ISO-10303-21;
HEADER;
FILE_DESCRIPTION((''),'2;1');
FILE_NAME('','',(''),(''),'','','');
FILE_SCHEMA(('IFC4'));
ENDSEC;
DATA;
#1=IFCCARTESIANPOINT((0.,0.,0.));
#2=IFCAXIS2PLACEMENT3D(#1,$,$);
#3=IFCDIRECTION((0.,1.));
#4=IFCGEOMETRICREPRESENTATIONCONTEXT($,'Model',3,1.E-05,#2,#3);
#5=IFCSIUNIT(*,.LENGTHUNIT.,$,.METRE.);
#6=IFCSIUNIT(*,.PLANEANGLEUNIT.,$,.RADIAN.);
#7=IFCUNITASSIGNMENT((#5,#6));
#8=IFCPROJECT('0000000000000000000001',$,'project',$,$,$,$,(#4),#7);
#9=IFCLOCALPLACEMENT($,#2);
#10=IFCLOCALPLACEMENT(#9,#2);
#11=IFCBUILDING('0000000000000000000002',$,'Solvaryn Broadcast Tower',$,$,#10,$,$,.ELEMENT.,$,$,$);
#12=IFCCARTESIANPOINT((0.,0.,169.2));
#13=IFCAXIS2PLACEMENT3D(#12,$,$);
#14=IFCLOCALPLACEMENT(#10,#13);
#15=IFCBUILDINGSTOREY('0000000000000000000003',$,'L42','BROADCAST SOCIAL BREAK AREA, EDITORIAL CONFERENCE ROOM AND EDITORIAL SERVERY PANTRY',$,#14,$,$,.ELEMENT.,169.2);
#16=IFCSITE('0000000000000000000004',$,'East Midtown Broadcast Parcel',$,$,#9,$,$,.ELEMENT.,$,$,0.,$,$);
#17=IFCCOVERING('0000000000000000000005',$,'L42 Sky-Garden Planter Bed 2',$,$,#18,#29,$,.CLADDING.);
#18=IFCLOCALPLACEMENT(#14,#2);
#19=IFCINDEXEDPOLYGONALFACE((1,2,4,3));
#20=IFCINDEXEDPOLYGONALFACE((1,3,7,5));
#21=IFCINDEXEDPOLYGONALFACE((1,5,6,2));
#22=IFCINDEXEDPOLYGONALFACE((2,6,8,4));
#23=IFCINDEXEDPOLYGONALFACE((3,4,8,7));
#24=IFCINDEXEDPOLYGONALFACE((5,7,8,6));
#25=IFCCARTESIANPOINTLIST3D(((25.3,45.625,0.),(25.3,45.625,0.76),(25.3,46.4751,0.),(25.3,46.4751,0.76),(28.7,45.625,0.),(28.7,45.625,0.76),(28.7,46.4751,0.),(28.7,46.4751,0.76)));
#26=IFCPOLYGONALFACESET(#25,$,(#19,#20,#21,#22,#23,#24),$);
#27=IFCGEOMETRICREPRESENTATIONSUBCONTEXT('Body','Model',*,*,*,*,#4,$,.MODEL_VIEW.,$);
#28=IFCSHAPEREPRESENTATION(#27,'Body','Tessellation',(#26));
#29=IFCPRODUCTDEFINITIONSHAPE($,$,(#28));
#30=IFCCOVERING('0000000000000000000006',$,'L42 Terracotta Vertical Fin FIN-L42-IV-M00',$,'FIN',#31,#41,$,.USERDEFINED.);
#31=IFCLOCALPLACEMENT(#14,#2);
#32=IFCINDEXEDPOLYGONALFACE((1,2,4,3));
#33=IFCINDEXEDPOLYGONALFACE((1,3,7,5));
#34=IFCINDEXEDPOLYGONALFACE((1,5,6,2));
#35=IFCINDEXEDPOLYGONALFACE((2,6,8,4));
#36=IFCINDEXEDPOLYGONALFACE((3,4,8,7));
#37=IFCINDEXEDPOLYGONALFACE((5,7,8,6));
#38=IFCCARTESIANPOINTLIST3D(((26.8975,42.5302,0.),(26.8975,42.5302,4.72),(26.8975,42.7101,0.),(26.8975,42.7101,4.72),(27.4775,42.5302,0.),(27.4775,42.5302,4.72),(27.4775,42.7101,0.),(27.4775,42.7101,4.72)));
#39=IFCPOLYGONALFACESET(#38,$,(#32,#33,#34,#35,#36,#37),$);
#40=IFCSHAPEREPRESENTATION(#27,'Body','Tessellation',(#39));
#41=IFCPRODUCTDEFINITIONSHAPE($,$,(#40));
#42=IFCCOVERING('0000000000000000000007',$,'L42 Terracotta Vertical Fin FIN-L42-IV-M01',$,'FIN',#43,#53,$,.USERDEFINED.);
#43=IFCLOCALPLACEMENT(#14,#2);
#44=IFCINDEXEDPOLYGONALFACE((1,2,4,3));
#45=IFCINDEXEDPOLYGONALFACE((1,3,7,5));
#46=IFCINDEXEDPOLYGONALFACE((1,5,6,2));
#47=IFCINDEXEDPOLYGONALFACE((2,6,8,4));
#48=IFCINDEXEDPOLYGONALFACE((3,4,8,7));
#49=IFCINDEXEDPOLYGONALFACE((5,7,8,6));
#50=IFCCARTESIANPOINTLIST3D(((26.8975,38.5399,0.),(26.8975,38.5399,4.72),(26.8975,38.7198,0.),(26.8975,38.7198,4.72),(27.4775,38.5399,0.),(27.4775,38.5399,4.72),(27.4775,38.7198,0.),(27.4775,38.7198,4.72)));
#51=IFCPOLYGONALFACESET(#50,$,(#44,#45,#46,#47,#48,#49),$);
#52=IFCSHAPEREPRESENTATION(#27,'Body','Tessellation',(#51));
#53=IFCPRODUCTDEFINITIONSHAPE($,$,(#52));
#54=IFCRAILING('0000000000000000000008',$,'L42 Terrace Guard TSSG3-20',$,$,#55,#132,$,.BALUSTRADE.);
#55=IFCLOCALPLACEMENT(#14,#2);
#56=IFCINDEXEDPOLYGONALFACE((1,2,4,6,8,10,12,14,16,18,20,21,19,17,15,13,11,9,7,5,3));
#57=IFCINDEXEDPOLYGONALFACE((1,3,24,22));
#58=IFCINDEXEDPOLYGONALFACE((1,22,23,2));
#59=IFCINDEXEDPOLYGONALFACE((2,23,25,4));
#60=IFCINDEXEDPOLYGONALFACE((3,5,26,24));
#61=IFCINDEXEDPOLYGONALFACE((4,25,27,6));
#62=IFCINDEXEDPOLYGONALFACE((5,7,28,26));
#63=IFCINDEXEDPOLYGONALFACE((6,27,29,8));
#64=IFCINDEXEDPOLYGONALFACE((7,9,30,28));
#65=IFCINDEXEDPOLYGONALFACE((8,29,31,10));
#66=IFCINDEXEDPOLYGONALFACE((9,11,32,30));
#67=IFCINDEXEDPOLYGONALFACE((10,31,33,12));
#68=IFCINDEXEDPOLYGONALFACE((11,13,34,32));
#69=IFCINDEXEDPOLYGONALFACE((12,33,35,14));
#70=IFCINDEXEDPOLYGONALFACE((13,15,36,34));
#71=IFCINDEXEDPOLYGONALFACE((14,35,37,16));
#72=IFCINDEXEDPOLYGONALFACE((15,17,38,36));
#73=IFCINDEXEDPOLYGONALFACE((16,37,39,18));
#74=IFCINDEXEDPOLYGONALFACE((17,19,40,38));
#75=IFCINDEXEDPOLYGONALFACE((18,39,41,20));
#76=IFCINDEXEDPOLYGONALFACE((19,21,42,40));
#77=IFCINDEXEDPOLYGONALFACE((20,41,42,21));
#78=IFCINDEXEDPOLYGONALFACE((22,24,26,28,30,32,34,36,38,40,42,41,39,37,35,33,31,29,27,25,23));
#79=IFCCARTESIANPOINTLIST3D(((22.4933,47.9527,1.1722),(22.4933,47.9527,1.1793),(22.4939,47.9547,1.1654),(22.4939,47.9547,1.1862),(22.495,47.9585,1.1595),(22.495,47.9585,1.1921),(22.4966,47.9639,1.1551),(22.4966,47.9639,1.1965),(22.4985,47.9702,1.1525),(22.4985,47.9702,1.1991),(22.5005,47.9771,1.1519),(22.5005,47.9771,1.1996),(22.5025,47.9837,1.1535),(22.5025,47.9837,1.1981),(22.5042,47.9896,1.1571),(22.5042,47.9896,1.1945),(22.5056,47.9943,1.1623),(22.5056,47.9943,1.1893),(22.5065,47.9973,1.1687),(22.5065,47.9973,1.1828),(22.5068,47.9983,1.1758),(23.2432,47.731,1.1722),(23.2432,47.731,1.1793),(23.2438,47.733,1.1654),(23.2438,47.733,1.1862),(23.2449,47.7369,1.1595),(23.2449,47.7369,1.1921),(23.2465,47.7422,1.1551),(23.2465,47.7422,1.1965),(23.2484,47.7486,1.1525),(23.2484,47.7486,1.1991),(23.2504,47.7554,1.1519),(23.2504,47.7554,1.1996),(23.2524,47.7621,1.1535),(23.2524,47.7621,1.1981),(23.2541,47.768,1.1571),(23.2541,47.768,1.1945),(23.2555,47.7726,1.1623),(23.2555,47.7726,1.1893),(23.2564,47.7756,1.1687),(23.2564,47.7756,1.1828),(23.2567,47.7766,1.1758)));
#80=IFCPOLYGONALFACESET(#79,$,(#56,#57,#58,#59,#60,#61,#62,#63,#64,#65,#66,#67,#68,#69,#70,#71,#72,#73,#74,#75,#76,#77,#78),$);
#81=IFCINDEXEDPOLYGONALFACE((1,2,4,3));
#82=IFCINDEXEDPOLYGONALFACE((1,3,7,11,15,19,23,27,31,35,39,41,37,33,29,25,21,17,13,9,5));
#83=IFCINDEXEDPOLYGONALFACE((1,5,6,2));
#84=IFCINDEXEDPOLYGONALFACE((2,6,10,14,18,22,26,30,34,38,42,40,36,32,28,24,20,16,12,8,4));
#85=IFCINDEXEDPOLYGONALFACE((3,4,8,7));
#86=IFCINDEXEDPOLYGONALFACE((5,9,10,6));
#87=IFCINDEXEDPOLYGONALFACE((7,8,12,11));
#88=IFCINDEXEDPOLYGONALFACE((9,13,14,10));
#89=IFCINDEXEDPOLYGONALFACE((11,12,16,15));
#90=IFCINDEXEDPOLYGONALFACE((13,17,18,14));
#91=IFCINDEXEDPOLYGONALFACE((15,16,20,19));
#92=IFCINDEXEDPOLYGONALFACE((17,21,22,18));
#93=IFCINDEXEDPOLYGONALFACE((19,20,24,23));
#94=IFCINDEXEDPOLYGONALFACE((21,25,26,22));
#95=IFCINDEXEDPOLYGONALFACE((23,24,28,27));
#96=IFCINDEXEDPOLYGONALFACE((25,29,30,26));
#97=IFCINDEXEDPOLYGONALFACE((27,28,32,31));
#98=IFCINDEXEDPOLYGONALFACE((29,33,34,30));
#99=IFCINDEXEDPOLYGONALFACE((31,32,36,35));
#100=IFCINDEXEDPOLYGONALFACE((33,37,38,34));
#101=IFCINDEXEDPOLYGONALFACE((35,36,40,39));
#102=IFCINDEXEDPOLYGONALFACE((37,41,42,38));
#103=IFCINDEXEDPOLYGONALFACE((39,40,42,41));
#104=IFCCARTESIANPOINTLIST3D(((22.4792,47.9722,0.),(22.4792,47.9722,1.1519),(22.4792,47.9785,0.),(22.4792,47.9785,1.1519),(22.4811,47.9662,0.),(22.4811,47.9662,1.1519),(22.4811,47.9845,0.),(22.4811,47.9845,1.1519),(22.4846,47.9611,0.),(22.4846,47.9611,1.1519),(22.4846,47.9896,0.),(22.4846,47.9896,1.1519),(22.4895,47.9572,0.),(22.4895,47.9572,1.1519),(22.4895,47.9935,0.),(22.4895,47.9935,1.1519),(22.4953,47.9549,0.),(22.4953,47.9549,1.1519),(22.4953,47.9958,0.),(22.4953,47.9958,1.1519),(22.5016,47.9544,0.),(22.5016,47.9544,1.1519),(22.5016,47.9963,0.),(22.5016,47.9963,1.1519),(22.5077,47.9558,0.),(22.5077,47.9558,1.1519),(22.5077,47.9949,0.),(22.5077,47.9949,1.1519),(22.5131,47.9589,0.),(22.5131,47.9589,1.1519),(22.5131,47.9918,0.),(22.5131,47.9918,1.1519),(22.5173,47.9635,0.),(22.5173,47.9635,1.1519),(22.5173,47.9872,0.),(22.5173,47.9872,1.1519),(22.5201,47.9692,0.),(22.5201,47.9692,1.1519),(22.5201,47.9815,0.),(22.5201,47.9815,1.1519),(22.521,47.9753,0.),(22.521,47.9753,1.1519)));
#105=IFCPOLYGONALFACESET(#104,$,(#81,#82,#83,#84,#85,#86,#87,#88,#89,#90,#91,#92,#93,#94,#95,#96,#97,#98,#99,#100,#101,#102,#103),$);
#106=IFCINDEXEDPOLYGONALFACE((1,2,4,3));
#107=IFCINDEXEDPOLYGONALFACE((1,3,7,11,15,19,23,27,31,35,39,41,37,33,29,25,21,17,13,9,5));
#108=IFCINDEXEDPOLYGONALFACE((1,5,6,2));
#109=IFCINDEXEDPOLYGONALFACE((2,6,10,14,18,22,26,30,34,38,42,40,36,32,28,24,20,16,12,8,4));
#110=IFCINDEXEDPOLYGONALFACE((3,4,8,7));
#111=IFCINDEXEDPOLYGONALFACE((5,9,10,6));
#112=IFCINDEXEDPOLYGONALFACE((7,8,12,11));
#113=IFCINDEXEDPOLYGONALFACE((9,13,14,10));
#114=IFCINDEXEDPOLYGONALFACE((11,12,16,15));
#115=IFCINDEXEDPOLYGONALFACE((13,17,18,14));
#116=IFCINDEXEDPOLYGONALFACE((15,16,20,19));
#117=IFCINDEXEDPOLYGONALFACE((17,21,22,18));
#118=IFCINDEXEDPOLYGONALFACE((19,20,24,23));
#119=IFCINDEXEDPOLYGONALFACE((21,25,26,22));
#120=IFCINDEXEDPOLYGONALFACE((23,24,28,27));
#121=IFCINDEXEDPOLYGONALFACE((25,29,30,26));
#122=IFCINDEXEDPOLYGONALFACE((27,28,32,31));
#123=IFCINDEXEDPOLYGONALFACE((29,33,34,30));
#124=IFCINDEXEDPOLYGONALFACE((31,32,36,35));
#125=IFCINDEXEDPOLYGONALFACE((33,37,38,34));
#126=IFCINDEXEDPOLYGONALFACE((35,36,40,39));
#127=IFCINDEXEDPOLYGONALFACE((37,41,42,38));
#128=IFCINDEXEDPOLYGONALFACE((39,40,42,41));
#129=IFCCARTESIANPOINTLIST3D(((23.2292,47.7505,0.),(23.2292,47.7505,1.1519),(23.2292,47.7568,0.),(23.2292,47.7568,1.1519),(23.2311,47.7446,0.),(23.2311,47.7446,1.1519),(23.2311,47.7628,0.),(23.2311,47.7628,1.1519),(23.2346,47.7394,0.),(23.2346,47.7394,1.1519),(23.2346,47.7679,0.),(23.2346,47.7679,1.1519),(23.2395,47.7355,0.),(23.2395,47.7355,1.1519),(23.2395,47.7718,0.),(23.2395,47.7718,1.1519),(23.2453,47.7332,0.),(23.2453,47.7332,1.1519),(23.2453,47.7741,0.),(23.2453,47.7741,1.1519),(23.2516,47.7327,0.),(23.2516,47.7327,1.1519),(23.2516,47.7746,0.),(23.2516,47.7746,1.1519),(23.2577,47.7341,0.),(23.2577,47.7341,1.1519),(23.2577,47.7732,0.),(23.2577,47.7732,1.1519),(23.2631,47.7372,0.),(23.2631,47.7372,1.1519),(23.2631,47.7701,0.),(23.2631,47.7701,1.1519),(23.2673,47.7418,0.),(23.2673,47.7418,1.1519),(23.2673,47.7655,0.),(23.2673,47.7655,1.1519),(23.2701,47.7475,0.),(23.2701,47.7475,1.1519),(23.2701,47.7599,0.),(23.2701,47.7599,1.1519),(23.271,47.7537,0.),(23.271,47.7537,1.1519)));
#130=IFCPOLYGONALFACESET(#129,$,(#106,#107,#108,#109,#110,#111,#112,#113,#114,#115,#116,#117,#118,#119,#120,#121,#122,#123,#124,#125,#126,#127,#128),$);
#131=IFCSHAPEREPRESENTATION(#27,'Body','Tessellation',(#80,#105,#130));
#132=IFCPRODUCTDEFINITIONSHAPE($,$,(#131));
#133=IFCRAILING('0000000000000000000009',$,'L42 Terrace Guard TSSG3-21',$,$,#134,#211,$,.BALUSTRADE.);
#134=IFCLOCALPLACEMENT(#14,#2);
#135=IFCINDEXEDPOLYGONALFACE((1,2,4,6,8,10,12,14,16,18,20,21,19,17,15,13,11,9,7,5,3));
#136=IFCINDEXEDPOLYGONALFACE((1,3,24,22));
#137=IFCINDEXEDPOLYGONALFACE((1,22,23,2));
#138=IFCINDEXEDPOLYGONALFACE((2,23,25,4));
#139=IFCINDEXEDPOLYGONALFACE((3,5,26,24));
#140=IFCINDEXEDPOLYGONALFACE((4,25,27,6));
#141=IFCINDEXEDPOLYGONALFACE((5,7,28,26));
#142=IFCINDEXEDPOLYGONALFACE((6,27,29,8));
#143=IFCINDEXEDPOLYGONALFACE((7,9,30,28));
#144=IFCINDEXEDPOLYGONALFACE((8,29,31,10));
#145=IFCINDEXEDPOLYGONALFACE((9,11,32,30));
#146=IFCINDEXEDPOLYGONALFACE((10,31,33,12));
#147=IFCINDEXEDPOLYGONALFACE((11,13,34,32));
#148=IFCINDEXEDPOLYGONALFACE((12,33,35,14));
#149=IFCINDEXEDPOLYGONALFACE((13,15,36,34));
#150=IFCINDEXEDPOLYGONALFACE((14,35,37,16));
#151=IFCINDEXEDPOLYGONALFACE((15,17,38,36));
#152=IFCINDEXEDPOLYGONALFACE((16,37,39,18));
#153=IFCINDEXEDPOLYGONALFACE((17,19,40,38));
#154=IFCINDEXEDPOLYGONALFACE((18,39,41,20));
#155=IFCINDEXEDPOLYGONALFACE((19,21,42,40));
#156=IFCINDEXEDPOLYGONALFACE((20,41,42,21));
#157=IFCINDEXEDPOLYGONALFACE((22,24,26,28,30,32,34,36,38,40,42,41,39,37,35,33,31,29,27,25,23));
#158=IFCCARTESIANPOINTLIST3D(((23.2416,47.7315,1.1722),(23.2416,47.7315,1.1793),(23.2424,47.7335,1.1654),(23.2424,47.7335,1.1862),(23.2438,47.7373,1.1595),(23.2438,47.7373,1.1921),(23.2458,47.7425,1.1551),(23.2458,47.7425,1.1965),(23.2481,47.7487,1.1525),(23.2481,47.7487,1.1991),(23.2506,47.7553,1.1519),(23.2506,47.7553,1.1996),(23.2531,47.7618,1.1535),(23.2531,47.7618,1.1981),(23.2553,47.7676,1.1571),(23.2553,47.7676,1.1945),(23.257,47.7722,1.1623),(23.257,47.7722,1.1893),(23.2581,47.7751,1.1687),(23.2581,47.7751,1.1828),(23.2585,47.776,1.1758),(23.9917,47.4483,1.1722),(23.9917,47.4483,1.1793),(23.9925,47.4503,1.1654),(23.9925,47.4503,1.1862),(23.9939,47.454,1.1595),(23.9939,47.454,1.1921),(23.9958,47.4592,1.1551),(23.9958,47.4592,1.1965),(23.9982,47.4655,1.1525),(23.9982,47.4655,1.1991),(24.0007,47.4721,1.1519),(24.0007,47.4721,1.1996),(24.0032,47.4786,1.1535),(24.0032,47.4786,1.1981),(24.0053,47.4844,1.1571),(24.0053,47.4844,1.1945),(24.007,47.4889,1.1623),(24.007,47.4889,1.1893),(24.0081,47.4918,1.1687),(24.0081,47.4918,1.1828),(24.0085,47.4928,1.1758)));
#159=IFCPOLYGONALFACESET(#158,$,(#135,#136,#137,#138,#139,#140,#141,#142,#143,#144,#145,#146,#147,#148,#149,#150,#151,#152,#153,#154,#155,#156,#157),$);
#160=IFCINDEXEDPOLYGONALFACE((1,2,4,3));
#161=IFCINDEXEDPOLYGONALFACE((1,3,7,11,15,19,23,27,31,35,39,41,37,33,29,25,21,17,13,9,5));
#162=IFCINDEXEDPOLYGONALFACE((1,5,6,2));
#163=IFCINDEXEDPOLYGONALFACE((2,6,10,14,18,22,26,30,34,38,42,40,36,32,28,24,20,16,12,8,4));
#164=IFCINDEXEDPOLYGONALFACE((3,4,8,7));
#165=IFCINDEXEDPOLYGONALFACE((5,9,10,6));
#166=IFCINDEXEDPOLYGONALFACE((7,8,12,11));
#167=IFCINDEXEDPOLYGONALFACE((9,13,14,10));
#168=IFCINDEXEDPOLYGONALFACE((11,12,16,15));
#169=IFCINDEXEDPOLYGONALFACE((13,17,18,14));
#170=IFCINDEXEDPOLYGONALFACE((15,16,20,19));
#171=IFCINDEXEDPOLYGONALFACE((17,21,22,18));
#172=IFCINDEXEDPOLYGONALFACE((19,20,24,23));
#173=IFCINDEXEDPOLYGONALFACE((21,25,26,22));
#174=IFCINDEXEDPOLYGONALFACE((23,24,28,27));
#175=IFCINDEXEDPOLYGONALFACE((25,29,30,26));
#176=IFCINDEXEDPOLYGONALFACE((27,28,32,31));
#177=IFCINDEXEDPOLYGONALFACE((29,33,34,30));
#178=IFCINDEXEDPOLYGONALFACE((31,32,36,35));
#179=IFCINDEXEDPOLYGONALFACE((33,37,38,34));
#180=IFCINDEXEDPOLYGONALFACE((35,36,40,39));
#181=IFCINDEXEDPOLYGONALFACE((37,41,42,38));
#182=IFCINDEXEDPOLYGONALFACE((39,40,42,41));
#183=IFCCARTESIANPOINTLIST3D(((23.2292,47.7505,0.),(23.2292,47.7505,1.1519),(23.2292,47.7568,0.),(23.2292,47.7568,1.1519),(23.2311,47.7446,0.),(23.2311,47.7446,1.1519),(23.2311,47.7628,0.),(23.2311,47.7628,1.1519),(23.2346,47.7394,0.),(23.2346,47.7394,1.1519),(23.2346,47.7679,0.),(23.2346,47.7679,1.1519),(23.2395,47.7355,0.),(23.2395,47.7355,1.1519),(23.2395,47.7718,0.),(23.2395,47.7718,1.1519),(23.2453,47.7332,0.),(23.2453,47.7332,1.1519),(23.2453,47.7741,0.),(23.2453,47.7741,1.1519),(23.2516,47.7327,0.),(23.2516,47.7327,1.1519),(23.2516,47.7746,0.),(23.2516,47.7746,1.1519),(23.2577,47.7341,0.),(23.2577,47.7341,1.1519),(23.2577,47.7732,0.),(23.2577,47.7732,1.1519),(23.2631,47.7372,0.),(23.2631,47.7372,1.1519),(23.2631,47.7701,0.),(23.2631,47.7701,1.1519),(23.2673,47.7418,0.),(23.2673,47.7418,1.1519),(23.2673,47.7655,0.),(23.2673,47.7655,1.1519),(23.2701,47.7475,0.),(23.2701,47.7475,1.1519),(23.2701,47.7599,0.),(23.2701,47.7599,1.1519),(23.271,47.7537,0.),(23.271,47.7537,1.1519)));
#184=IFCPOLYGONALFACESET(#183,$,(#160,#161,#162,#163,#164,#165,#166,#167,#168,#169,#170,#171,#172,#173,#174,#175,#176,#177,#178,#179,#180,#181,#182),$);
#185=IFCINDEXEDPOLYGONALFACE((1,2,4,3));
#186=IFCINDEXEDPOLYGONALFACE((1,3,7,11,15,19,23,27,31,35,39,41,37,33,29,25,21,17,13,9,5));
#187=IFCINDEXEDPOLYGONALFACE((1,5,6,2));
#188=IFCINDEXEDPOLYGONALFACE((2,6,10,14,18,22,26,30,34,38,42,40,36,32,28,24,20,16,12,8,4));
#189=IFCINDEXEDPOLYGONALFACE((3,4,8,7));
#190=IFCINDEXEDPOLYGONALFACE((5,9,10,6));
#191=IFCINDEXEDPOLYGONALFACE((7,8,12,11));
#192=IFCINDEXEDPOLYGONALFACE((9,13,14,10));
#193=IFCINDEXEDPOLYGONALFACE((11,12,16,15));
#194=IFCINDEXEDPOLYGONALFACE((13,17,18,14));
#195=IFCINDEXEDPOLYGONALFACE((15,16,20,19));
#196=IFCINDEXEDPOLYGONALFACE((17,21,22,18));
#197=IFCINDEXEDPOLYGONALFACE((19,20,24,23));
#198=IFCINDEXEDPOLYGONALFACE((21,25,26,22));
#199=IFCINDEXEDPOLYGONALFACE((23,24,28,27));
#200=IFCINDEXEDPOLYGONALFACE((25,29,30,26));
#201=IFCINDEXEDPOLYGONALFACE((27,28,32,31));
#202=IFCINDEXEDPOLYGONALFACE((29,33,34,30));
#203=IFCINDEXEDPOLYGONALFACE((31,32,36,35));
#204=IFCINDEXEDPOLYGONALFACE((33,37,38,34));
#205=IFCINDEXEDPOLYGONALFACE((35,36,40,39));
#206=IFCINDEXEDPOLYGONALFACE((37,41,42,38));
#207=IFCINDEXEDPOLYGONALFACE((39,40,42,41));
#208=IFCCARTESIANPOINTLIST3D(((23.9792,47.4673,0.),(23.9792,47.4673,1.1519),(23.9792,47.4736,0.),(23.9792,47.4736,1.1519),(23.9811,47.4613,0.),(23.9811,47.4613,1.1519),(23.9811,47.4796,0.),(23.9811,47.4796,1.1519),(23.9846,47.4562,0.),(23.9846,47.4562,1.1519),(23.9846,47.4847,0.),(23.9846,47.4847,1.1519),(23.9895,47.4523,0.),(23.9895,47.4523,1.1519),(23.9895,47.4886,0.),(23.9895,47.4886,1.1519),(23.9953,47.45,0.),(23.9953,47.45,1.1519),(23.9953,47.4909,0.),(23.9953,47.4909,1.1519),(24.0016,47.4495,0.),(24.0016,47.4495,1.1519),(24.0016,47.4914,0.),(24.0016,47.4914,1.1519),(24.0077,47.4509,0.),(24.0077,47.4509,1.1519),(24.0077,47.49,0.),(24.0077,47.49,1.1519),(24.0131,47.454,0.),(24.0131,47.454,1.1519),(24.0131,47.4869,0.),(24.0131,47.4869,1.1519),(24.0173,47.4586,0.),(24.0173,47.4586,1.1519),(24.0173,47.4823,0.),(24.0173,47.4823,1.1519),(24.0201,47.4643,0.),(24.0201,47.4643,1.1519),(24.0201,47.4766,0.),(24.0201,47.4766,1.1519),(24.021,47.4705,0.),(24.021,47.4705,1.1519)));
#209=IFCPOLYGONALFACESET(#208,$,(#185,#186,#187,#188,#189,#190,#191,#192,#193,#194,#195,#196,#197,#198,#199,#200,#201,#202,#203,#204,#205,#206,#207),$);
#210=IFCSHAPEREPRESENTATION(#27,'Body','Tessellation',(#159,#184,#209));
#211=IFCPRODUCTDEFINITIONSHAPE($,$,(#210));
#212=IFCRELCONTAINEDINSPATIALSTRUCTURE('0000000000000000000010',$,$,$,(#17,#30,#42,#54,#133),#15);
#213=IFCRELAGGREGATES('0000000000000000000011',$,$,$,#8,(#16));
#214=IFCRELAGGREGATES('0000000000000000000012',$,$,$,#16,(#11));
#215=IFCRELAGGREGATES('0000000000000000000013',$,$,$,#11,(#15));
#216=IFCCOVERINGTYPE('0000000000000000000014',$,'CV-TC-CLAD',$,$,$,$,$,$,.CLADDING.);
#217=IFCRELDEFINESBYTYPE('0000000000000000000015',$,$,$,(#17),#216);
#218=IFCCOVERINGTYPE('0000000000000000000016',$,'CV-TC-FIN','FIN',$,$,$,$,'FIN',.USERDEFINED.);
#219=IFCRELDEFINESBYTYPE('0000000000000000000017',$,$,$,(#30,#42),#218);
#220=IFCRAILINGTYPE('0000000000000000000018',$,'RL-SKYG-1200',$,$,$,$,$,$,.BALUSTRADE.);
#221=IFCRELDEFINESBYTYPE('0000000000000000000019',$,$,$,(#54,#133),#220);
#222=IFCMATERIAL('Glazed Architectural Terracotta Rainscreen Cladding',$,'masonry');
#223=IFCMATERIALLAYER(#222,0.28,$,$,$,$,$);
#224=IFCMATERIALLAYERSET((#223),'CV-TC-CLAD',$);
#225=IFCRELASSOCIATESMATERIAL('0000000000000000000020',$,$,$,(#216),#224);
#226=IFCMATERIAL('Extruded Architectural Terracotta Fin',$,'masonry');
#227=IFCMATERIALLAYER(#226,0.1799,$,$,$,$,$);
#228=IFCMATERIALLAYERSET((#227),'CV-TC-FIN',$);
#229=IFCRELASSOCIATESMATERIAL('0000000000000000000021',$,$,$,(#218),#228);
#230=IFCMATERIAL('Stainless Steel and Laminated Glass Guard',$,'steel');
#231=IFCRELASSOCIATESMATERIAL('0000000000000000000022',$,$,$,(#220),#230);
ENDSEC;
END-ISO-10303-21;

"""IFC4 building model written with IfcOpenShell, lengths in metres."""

from ifc_helpers import new_model, si_unit, direction, frame, origin, origin_2d, place, context, subcontext, project, spatial, rectangle, circle, extrude, material, layer, layer_set, type_object, element, save


model = new_model("IFC4")

# Units and contexts
model_context = context("Model", 3, precision=1e-05, world=origin(), true_north=direction((0.0, 1.0)))
body_context = subcontext(model_context, "Body", "Model", "MODEL_VIEW")
ifc_project = project(units=[si_unit("LENGTHUNIT", "METRE"), si_unit("PLANEANGLEUNIT", "RADIAN")], contexts=[model_context])

# Site, building, storey
site_placement = place(None, origin())
site = spatial("IfcSite", under=ifc_project, at=site_placement, Name="East Midtown Broadcast Parcel", CompositionType="ELEMENT", RefElevation=0.0)
building_placement = place(site_placement, origin())
building = spatial("IfcBuilding", under=site, at=building_placement, Name="Solvaryn Broadcast Tower", CompositionType="ELEMENT")
storey_placement = place(building_placement, frame((0.0, 0.0, 169.2)))
storey = spatial("IfcBuildingStorey", under=building, at=storey_placement, Name="L42", Description="BROADCAST SOCIAL BREAK AREA, EDITORIAL CONFERENCE ROOM AND EDITORIAL SERVERY PANTRY", CompositionType="ELEMENT", Elevation=169.2)

# Coverings
ifc_material_1 = material(Name="Glazed Architectural Terracotta Rainscreen Cladding", Category="masonry")
ifc_layer_1 = layer(ifc_material_1, 0.28)
ifc_layer_set_1 = layer_set([ifc_layer_1], Name="CV-TC-CLAD")
covering_type_1 = type_object("IfcCoveringType", Name="CV-TC-CLAD", PredefinedType="CLADDING", material=ifc_layer_set_1)
covering_placement = place(storey_placement, frame((27.0, 46.05, 0.0), z_axis=(0.0, 0.0, 1.0), x_axis=(1.0, 0.0, 0.0)))
element("IfcCovering", 1, at=covering_placement, inside=storey, type_object=covering_type_1, Name="L42 Sky-Garden Planter Bed 2", PredefinedType="CLADDING", context=body_context, shape_type="SweptSolid", body=[
    extrude(rectangle(XDim=3.3999, YDim=0.8501, at=origin_2d()), origin(), (0.0, 0.0, 1.0), 0.76),
])
ifc_material_2 = material(Name="Extruded Architectural Terracotta Fin", Category="masonry")
ifc_layer_2 = layer(ifc_material_2, 0.1799)
ifc_layer_set_2 = layer_set([ifc_layer_2], Name="CV-TC-FIN")
covering_type_2 = type_object("IfcCoveringType", Name="CV-TC-FIN", Description="FIN", ElementType="FIN", PredefinedType="USERDEFINED", material=ifc_layer_set_2)
for number, where, z_axis, x_axis, name in (
    (2, (27.1875, 42.6201, 0.0), (0.0, 0.0, 1.0), (1.0, 0.0, 0.0), "L42 Terracotta Vertical Fin FIN-L42-IV-M00"),
    (3, (27.1875, 38.6299, 0.0), (0.0, 0.0, 1.0), (1.0, 0.0, 0.0), "L42 Terracotta Vertical Fin FIN-L42-IV-M01"),
):
    element("IfcCovering", number, at=place(storey_placement, frame(where, z_axis=z_axis, x_axis=x_axis)), inside=storey, type_object=covering_type_2, Name=name, ObjectType="FIN", PredefinedType="USERDEFINED", context=body_context, shape_type="SweptSolid", body=[
        extrude(rectangle(XDim=0.5801, YDim=0.1799, at=origin_2d()), origin(), (0.0, 0.0, 1.0), 4.72),
    ])

# Railings
ifc_material_3 = material(Name="Stainless Steel and Laminated Glass Guard", Category="steel")
railing_type = type_object("IfcRailingType", Name="RL-SKYG-1200", PredefinedType="BALUSTRADE", material=ifc_material_3)
railing_1_placement = place(storey_placement, frame((22.5, 47.9753, 0.0)))
element("IfcRailing", 4, at=railing_1_placement, inside=storey, type_object=railing_type, Name="L42 Terrace Guard TSSG3-20", PredefinedType="BALUSTRADE", context=body_context, shape_type="SweptSolid", body=[
    extrude(circle(Radius=0.0239, at=origin_2d()), frame((0.0, 0.0, 1.1758), z_axis=(0.958987, -0.283451, 0.0), x_axis=(0.283451, 0.958987, 0.0)), (0.0, 0.0, 1.0), 0.782),
    extrude(circle(Radius=0.021, at=origin_2d()), origin(), (0.0, 0.0, 1.0), 1.1519),
    extrude(circle(Radius=0.021, at=origin_2d()), frame((0.75, -0.2217, 0.0)), (0.0, 0.0, 1.0), 1.1519),
])
railing_2_placement = place(storey_placement, frame((23.25, 47.7537, 0.0)))
element("IfcRailing", 5, at=railing_2_placement, inside=storey, type_object=railing_type, Name="L42 Terrace Guard TSSG3-21", PredefinedType="BALUSTRADE", context=body_context, shape_type="SweptSolid", body=[
    extrude(circle(Radius=0.0239, at=origin_2d()), frame((0.0, 0.0, 1.1758), z_axis=(0.935526, -0.353258, 0.0), x_axis=(0.353258, 0.935526, 0.0)), (0.0, 0.0, 1.0), 0.8018),
    extrude(circle(Radius=0.021, at=origin_2d()), origin(), (0.0, 0.0, 1.0), 1.1519),
    extrude(circle(Radius=0.021, at=origin_2d()), frame((0.75, -0.2832, 0.0)), (0.0, 0.0, 1.0), 1.1519),
])

save(model, "model.ifc")
